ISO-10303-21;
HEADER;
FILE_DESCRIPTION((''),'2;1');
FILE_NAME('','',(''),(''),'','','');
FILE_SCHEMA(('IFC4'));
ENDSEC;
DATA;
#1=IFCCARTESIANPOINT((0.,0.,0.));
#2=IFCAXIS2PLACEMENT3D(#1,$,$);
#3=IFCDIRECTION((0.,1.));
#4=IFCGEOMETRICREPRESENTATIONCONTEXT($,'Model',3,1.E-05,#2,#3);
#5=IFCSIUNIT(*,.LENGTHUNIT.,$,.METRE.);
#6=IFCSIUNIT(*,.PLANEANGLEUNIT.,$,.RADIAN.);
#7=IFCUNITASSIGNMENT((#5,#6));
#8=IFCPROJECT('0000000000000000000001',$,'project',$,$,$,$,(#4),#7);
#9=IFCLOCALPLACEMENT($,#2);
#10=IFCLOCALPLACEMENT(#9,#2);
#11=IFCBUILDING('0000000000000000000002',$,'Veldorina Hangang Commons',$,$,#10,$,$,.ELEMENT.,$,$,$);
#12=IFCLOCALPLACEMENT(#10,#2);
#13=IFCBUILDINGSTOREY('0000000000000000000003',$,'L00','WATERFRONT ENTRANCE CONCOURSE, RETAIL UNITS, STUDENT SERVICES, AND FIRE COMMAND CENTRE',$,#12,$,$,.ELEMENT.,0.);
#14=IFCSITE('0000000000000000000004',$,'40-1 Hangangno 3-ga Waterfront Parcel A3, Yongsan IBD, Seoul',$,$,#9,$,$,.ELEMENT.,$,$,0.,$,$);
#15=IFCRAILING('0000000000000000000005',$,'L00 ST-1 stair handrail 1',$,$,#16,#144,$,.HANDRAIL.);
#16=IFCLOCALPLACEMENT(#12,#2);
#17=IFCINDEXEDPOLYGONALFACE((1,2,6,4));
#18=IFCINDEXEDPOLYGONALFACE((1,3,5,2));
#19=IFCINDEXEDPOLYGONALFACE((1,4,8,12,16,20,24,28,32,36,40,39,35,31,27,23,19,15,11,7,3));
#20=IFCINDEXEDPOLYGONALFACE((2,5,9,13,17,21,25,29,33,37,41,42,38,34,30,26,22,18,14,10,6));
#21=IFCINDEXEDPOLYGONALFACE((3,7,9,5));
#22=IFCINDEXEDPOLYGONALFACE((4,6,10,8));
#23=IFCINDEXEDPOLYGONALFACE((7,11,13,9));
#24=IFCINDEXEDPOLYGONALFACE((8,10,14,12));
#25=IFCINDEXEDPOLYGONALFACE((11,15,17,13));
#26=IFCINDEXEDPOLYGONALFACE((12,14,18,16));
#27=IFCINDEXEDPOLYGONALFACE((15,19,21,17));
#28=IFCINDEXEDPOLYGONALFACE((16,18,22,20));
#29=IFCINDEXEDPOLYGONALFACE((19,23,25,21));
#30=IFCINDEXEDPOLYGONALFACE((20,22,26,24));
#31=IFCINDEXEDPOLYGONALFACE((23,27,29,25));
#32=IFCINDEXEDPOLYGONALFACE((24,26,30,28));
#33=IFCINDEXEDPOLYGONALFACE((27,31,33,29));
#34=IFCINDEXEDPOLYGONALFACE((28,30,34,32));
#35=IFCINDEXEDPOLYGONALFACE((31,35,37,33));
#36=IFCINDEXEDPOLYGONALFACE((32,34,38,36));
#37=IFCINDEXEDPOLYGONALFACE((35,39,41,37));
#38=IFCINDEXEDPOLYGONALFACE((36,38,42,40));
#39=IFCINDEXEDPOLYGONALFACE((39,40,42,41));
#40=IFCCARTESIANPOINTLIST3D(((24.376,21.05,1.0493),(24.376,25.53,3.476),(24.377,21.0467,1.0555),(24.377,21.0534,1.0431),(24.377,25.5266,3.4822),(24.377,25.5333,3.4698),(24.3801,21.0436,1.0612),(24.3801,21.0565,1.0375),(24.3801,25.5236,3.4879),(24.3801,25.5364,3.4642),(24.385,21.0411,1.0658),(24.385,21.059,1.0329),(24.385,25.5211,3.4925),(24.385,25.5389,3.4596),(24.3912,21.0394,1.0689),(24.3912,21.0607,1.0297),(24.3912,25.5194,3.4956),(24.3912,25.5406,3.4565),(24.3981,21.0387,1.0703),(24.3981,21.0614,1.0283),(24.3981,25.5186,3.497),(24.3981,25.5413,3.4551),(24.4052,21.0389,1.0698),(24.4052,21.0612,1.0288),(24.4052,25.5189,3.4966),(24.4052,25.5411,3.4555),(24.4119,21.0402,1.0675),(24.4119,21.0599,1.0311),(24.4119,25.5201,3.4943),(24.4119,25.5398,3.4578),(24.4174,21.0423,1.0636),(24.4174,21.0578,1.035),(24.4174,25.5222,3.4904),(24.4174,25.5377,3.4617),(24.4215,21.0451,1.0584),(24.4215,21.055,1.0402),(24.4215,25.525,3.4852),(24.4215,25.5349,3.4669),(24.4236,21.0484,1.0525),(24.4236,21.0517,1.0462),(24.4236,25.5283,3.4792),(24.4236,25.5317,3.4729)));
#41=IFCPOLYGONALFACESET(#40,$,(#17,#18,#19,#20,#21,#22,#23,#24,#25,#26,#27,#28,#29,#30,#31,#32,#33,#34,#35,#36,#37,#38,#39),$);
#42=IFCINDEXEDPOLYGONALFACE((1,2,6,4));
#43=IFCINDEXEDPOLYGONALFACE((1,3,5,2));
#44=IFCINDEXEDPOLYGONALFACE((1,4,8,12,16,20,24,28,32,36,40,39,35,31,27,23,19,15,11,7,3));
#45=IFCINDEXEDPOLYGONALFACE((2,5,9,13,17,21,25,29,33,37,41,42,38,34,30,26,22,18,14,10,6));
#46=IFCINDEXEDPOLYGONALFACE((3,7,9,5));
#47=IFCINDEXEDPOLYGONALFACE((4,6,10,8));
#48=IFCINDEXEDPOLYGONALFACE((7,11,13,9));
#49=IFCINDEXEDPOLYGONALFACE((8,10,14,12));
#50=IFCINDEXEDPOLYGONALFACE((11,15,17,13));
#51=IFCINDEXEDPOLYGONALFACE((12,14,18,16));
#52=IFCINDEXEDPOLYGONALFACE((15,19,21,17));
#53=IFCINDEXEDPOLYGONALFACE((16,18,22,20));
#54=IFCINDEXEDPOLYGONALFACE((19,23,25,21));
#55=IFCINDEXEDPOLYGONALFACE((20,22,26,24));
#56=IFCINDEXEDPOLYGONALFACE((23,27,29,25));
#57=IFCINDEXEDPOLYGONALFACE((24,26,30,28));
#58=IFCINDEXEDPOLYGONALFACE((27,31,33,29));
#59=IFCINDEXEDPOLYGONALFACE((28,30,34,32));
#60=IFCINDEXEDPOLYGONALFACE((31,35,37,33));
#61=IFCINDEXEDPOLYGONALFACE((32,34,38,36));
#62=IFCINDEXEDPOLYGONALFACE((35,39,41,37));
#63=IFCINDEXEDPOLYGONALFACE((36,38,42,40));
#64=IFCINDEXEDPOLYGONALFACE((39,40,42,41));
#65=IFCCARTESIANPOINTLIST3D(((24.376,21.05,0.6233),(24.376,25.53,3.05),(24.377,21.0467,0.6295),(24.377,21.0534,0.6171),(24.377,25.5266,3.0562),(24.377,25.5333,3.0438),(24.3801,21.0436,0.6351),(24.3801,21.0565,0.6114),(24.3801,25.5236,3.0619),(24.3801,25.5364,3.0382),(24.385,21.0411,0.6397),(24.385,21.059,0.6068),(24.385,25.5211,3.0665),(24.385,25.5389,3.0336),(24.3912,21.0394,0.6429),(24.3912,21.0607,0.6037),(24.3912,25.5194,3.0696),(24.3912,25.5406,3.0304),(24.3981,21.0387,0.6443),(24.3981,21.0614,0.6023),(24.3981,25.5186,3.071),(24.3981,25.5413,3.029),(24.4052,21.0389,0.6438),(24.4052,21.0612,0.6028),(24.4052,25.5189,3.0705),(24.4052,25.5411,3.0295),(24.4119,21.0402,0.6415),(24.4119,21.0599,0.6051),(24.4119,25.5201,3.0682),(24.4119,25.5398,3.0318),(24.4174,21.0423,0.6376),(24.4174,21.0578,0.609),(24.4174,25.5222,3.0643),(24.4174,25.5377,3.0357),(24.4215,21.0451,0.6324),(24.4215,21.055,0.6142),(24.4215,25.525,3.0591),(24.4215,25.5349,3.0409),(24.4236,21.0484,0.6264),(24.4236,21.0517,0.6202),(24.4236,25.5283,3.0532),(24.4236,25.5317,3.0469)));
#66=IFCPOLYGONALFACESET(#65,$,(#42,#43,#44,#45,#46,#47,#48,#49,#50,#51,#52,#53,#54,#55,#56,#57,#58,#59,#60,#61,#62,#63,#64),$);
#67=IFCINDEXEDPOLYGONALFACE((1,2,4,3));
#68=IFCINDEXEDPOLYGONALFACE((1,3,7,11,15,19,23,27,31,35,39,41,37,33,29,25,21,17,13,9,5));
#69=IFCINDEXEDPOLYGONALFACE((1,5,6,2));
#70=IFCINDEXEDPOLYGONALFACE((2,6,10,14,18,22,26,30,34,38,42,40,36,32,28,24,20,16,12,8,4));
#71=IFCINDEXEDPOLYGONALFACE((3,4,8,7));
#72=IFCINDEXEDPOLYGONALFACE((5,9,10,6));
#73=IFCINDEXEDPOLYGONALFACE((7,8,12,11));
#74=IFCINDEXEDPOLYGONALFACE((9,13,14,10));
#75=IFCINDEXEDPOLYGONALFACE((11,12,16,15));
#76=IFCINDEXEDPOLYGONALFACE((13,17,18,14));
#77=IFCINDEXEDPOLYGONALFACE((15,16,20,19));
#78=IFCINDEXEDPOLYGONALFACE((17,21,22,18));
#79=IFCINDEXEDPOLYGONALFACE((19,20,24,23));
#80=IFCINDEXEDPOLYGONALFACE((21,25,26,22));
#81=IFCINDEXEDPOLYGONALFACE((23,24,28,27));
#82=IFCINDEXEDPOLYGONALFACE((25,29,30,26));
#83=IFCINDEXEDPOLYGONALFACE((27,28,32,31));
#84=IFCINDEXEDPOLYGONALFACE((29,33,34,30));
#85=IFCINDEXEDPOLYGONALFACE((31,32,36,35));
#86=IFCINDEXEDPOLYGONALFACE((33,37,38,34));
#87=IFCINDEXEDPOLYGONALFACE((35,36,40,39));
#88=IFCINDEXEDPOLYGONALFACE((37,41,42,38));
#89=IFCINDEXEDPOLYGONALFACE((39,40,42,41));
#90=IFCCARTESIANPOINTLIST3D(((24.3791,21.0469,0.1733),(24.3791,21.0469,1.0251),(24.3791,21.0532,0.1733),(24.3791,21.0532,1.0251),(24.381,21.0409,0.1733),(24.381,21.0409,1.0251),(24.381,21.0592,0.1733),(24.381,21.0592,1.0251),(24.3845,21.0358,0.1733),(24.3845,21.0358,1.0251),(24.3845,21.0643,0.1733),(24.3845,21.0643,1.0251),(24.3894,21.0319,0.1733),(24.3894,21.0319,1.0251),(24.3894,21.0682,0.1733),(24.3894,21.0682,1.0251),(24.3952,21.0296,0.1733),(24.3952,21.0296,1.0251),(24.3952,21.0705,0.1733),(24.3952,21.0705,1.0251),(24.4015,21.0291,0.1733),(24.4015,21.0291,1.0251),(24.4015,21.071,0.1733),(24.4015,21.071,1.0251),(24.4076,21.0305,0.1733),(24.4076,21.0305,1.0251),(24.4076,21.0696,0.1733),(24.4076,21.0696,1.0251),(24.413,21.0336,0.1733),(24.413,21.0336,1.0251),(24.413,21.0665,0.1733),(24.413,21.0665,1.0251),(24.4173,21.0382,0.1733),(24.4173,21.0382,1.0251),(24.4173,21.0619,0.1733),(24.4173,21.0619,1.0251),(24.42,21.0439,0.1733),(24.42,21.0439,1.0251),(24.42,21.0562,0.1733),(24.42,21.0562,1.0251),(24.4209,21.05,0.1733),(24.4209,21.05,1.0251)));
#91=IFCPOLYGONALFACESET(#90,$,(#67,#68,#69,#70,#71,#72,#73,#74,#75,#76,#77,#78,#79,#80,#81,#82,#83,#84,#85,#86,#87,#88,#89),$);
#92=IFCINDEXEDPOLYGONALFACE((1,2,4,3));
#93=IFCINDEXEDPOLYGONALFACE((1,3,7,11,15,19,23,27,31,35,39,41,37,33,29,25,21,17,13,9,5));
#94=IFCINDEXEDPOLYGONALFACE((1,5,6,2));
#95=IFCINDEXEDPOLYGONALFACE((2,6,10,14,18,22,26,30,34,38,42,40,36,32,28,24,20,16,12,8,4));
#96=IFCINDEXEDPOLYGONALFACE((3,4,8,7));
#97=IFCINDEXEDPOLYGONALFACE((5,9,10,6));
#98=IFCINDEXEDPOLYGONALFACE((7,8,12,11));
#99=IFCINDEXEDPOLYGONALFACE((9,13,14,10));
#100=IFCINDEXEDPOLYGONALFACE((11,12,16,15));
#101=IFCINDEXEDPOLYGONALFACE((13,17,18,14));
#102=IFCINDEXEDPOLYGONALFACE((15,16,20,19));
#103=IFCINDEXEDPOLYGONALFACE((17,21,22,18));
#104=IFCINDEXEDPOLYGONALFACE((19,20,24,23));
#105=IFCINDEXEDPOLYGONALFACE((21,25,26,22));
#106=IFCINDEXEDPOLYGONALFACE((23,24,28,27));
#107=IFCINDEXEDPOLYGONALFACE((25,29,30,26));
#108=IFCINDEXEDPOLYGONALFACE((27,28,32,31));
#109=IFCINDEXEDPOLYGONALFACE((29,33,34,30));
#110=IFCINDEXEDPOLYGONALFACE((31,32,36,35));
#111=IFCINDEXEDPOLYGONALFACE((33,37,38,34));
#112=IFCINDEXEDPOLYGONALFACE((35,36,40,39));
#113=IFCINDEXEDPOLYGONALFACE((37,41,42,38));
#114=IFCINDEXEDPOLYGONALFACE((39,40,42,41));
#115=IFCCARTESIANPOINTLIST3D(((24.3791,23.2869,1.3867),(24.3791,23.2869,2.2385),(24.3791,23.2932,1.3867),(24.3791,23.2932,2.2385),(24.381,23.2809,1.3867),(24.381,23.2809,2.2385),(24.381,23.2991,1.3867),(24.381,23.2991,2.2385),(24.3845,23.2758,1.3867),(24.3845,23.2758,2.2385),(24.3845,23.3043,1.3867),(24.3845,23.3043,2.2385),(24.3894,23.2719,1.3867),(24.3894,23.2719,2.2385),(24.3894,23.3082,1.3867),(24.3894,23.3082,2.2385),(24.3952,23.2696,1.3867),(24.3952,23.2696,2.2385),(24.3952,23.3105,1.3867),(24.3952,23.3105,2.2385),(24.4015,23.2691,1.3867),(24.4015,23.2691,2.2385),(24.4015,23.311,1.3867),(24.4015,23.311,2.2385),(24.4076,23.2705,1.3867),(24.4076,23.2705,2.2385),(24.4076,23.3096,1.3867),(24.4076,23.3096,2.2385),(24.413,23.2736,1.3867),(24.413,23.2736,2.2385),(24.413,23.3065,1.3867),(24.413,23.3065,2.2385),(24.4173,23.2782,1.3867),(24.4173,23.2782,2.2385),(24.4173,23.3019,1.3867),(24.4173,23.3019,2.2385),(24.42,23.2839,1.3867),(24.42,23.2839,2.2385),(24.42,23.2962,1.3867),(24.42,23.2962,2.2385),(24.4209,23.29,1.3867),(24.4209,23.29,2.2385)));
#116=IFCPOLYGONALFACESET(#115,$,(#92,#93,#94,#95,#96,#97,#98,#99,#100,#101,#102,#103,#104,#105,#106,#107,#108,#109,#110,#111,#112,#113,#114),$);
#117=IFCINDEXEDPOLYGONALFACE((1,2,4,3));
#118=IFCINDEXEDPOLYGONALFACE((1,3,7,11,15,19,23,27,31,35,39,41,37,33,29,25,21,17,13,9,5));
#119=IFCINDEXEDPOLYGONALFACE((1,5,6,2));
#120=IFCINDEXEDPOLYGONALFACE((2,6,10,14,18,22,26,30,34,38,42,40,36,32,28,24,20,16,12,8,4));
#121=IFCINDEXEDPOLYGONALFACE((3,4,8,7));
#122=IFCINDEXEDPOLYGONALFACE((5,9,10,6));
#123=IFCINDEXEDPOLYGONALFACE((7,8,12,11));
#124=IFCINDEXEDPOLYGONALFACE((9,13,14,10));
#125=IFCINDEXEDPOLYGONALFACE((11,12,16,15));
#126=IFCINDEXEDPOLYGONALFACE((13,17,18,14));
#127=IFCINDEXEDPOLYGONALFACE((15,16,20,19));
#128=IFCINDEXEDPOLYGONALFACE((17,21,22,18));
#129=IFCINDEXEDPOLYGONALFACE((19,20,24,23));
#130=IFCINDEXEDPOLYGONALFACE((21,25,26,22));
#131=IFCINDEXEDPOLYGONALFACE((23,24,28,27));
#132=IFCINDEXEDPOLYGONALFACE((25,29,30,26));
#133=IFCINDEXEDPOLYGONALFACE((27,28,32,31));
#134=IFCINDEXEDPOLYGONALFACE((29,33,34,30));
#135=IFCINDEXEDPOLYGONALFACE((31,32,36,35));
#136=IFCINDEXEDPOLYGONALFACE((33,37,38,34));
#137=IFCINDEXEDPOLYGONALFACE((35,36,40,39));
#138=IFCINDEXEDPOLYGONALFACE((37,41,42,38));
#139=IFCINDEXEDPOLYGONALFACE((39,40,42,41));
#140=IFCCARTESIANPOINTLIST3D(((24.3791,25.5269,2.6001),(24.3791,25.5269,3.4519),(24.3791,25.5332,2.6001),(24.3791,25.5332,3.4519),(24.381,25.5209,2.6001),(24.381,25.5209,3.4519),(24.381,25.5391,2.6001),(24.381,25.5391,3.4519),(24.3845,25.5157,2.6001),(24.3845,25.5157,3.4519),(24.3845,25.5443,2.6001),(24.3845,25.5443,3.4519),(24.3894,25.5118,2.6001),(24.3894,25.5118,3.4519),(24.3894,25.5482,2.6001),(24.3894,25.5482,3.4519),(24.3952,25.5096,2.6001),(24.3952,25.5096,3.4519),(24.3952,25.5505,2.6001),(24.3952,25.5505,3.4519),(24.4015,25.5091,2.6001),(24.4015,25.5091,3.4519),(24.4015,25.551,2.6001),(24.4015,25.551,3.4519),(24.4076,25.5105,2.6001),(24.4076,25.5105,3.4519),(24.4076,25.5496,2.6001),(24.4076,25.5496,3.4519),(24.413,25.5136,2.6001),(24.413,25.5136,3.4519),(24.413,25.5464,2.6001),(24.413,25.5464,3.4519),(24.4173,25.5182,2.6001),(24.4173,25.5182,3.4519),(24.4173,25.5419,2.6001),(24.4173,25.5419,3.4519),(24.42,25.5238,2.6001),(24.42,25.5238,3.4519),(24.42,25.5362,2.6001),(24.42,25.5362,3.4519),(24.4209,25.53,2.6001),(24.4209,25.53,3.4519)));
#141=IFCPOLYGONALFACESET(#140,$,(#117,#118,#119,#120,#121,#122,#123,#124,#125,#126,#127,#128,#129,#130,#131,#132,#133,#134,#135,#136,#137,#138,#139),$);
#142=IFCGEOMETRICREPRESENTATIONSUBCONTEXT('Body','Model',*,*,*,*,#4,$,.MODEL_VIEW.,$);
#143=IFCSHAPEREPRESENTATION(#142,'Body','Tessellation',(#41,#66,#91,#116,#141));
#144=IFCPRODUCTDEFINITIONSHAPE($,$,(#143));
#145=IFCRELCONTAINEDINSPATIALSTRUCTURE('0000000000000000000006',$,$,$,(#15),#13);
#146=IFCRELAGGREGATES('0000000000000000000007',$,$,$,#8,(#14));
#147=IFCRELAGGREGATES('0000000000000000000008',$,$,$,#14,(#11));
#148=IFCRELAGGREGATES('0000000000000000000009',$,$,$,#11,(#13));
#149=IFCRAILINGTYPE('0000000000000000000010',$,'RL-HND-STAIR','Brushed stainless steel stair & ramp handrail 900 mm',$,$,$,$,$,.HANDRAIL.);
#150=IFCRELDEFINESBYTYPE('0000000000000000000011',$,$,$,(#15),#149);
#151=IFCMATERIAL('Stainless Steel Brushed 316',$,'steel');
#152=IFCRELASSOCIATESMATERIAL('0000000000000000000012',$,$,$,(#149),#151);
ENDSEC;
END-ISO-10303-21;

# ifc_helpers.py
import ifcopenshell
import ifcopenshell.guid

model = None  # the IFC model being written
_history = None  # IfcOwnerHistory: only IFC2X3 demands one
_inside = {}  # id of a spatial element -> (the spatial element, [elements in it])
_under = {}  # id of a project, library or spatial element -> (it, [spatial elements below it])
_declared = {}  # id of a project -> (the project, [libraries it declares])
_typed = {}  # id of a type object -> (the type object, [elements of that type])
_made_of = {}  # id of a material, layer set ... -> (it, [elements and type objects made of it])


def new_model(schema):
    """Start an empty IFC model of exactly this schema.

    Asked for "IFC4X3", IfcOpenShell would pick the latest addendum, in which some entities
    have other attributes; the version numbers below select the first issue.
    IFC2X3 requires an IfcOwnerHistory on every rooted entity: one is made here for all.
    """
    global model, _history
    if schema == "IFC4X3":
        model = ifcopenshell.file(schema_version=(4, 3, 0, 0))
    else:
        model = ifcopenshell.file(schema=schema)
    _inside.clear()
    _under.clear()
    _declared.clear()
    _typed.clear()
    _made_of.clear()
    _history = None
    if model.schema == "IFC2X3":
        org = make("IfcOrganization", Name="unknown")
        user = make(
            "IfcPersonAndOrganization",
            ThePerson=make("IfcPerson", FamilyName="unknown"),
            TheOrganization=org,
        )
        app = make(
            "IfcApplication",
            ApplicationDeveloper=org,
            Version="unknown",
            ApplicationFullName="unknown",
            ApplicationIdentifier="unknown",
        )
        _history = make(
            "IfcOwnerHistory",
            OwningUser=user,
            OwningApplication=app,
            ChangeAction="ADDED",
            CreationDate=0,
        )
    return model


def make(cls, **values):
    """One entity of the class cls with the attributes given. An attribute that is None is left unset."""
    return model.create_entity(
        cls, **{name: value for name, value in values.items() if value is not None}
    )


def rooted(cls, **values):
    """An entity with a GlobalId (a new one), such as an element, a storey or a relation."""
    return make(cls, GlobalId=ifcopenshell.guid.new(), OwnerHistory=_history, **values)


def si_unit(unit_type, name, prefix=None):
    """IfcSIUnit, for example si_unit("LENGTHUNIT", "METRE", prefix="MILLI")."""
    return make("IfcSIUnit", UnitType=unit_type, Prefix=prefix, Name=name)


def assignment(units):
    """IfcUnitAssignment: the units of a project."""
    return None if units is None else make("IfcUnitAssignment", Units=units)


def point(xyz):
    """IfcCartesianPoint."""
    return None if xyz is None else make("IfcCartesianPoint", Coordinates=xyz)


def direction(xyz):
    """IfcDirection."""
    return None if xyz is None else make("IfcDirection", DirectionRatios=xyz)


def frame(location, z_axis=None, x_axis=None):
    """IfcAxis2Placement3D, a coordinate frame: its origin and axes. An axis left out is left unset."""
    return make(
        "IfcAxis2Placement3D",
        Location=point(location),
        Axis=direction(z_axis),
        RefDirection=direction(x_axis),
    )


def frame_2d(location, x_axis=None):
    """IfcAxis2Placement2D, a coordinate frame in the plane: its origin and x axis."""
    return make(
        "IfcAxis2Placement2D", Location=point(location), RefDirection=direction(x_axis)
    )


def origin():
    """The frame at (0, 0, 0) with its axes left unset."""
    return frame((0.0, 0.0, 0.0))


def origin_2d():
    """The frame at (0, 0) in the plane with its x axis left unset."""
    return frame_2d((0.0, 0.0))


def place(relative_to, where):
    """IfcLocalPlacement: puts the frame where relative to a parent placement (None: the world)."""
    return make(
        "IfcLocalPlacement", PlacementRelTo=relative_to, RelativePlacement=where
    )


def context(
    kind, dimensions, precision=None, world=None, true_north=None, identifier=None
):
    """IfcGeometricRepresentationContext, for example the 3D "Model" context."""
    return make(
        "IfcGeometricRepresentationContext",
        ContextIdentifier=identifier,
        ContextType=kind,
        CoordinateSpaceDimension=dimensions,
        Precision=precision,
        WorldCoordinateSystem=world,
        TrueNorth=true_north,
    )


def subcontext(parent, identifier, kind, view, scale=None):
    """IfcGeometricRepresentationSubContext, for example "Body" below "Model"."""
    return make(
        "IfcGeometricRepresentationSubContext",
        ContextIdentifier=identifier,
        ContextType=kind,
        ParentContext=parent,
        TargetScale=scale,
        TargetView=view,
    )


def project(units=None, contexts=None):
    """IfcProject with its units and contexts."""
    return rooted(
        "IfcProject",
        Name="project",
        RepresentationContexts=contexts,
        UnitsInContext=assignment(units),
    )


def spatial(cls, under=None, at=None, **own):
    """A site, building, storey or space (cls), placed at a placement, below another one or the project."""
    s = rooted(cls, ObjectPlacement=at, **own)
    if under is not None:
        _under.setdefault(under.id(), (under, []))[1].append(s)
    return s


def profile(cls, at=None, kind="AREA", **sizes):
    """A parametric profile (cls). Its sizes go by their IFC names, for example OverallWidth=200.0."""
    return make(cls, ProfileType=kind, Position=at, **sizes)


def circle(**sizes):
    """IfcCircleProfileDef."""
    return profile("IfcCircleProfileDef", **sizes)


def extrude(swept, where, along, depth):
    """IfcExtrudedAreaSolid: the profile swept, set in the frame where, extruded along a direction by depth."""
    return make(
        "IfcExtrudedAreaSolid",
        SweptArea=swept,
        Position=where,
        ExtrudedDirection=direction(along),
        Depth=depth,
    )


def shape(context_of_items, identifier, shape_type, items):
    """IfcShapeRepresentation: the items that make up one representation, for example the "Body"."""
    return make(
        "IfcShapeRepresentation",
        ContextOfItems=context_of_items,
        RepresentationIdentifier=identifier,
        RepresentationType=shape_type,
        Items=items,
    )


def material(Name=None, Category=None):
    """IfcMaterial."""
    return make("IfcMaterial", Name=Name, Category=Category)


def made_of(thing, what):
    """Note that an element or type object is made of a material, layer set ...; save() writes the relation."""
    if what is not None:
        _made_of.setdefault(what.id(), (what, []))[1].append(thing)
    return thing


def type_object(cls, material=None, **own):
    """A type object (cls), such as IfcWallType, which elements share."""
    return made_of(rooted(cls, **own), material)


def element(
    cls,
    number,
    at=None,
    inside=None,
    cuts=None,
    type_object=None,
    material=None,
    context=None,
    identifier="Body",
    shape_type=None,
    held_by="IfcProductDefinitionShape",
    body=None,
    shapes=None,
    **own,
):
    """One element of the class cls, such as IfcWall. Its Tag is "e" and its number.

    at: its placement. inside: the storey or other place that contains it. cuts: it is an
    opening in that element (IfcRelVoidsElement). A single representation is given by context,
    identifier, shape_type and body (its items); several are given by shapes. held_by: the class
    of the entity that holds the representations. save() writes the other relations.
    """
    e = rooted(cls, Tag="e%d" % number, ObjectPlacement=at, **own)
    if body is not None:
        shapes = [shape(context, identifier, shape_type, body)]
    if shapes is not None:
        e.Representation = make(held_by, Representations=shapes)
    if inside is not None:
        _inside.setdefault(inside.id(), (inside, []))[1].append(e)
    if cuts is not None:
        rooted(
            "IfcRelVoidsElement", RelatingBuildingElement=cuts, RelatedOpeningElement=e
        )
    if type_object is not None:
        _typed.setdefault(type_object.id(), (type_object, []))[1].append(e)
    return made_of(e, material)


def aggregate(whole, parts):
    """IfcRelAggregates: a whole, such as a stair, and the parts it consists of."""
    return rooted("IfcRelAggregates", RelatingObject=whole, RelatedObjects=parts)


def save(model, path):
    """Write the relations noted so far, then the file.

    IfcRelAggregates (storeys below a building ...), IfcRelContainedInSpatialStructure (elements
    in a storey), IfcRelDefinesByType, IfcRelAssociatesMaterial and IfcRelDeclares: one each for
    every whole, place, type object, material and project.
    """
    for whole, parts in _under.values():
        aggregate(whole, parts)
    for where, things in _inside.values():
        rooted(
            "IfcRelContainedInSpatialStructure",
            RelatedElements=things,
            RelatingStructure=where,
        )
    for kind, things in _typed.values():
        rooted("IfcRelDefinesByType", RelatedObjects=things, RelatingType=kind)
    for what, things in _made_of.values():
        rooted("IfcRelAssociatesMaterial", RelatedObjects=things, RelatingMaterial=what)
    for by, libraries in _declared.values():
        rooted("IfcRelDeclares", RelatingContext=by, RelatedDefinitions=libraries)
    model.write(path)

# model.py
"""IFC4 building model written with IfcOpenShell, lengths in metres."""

from ifc_helpers import new_model, si_unit, direction, frame, origin, origin_2d, place, context, subcontext, project, spatial, circle, extrude, material, type_object, element, save


model = new_model("IFC4")

# Units and contexts
model_context = context("Model", 3, precision=1e-05, world=origin(), true_north=direction((0.0, 1.0)))
body_context = subcontext(model_context, "Body", "Model", "MODEL_VIEW")
ifc_project = project(units=[si_unit("LENGTHUNIT", "METRE"), si_unit("PLANEANGLEUNIT", "RADIAN")], contexts=[model_context])

# Site, building, storey
site_placement = place(None, origin())
site = spatial("IfcSite", under=ifc_project, at=site_placement, Name="40-1 Hangangno 3-ga Waterfront Parcel A3, Yongsan IBD, Seoul", CompositionType="ELEMENT", RefElevation=0.0)
building_placement = place(site_placement, origin())
building = spatial("IfcBuilding", under=site, at=building_placement, Name="Veldorina Hangang Commons", CompositionType="ELEMENT")
storey_placement = place(building_placement, origin())
storey = spatial("IfcBuildingStorey", under=building, at=storey_placement, Name="L00", Description="WATERFRONT ENTRANCE CONCOURSE, RETAIL UNITS, STUDENT SERVICES, AND FIRE COMMAND CENTRE", CompositionType="ELEMENT", Elevation=0.0)

# Railing
ifc_material_1 = material(Name="Stainless Steel Brushed 316", Category="steel")
railing_type_1 = type_object("IfcRailingType", Name="RL-HND-STAIR", Description="Brushed stainless steel stair & ramp handrail 900 mm", PredefinedType="HANDRAIL", material=ifc_material_1)
railing_1_placement = place(storey_placement, frame((24.3999, 21.05, 0.1733)))
element("IfcRailing", 1, at=railing_1_placement, inside=storey, type_object=railing_type_1, Name="L00 ST-1 stair handrail 1", PredefinedType="HANDRAIL", context=body_context, shape_type="SweptSolid", body=[
    extrude(circle(Radius=0.0239, at=origin_2d()), frame((0.0, 0.0, 0.876), z_axis=(0.0, 0.879284, 0.476299), x_axis=(-1.0, 0.0, 0.0)), (0.0, 0.0, 1.0), 5.095),
    extrude(circle(Radius=0.0239, at=origin_2d()), frame((0.0, 0.0, 0.45), z_axis=(0.0, 0.879284, 0.476299), x_axis=(-1.0, 0.0, 0.0)), (0.0, 0.0, 1.0), 5.095),
    extrude(circle(Radius=0.021, at=origin_2d()), origin(), (0.0, 0.0, 1.0), 0.8518),
    extrude(circle(Radius=0.021, at=origin_2d()), frame((0.0, 2.24, 1.2134)), (0.0, 0.0, 1.0), 0.8518),
    extrude(circle(Radius=0.021, at=origin_2d()), frame((0.0, 4.48, 2.4268)), (0.0, 0.0, 1.0), 0.8518),
])

save(model, "model.ifc")
